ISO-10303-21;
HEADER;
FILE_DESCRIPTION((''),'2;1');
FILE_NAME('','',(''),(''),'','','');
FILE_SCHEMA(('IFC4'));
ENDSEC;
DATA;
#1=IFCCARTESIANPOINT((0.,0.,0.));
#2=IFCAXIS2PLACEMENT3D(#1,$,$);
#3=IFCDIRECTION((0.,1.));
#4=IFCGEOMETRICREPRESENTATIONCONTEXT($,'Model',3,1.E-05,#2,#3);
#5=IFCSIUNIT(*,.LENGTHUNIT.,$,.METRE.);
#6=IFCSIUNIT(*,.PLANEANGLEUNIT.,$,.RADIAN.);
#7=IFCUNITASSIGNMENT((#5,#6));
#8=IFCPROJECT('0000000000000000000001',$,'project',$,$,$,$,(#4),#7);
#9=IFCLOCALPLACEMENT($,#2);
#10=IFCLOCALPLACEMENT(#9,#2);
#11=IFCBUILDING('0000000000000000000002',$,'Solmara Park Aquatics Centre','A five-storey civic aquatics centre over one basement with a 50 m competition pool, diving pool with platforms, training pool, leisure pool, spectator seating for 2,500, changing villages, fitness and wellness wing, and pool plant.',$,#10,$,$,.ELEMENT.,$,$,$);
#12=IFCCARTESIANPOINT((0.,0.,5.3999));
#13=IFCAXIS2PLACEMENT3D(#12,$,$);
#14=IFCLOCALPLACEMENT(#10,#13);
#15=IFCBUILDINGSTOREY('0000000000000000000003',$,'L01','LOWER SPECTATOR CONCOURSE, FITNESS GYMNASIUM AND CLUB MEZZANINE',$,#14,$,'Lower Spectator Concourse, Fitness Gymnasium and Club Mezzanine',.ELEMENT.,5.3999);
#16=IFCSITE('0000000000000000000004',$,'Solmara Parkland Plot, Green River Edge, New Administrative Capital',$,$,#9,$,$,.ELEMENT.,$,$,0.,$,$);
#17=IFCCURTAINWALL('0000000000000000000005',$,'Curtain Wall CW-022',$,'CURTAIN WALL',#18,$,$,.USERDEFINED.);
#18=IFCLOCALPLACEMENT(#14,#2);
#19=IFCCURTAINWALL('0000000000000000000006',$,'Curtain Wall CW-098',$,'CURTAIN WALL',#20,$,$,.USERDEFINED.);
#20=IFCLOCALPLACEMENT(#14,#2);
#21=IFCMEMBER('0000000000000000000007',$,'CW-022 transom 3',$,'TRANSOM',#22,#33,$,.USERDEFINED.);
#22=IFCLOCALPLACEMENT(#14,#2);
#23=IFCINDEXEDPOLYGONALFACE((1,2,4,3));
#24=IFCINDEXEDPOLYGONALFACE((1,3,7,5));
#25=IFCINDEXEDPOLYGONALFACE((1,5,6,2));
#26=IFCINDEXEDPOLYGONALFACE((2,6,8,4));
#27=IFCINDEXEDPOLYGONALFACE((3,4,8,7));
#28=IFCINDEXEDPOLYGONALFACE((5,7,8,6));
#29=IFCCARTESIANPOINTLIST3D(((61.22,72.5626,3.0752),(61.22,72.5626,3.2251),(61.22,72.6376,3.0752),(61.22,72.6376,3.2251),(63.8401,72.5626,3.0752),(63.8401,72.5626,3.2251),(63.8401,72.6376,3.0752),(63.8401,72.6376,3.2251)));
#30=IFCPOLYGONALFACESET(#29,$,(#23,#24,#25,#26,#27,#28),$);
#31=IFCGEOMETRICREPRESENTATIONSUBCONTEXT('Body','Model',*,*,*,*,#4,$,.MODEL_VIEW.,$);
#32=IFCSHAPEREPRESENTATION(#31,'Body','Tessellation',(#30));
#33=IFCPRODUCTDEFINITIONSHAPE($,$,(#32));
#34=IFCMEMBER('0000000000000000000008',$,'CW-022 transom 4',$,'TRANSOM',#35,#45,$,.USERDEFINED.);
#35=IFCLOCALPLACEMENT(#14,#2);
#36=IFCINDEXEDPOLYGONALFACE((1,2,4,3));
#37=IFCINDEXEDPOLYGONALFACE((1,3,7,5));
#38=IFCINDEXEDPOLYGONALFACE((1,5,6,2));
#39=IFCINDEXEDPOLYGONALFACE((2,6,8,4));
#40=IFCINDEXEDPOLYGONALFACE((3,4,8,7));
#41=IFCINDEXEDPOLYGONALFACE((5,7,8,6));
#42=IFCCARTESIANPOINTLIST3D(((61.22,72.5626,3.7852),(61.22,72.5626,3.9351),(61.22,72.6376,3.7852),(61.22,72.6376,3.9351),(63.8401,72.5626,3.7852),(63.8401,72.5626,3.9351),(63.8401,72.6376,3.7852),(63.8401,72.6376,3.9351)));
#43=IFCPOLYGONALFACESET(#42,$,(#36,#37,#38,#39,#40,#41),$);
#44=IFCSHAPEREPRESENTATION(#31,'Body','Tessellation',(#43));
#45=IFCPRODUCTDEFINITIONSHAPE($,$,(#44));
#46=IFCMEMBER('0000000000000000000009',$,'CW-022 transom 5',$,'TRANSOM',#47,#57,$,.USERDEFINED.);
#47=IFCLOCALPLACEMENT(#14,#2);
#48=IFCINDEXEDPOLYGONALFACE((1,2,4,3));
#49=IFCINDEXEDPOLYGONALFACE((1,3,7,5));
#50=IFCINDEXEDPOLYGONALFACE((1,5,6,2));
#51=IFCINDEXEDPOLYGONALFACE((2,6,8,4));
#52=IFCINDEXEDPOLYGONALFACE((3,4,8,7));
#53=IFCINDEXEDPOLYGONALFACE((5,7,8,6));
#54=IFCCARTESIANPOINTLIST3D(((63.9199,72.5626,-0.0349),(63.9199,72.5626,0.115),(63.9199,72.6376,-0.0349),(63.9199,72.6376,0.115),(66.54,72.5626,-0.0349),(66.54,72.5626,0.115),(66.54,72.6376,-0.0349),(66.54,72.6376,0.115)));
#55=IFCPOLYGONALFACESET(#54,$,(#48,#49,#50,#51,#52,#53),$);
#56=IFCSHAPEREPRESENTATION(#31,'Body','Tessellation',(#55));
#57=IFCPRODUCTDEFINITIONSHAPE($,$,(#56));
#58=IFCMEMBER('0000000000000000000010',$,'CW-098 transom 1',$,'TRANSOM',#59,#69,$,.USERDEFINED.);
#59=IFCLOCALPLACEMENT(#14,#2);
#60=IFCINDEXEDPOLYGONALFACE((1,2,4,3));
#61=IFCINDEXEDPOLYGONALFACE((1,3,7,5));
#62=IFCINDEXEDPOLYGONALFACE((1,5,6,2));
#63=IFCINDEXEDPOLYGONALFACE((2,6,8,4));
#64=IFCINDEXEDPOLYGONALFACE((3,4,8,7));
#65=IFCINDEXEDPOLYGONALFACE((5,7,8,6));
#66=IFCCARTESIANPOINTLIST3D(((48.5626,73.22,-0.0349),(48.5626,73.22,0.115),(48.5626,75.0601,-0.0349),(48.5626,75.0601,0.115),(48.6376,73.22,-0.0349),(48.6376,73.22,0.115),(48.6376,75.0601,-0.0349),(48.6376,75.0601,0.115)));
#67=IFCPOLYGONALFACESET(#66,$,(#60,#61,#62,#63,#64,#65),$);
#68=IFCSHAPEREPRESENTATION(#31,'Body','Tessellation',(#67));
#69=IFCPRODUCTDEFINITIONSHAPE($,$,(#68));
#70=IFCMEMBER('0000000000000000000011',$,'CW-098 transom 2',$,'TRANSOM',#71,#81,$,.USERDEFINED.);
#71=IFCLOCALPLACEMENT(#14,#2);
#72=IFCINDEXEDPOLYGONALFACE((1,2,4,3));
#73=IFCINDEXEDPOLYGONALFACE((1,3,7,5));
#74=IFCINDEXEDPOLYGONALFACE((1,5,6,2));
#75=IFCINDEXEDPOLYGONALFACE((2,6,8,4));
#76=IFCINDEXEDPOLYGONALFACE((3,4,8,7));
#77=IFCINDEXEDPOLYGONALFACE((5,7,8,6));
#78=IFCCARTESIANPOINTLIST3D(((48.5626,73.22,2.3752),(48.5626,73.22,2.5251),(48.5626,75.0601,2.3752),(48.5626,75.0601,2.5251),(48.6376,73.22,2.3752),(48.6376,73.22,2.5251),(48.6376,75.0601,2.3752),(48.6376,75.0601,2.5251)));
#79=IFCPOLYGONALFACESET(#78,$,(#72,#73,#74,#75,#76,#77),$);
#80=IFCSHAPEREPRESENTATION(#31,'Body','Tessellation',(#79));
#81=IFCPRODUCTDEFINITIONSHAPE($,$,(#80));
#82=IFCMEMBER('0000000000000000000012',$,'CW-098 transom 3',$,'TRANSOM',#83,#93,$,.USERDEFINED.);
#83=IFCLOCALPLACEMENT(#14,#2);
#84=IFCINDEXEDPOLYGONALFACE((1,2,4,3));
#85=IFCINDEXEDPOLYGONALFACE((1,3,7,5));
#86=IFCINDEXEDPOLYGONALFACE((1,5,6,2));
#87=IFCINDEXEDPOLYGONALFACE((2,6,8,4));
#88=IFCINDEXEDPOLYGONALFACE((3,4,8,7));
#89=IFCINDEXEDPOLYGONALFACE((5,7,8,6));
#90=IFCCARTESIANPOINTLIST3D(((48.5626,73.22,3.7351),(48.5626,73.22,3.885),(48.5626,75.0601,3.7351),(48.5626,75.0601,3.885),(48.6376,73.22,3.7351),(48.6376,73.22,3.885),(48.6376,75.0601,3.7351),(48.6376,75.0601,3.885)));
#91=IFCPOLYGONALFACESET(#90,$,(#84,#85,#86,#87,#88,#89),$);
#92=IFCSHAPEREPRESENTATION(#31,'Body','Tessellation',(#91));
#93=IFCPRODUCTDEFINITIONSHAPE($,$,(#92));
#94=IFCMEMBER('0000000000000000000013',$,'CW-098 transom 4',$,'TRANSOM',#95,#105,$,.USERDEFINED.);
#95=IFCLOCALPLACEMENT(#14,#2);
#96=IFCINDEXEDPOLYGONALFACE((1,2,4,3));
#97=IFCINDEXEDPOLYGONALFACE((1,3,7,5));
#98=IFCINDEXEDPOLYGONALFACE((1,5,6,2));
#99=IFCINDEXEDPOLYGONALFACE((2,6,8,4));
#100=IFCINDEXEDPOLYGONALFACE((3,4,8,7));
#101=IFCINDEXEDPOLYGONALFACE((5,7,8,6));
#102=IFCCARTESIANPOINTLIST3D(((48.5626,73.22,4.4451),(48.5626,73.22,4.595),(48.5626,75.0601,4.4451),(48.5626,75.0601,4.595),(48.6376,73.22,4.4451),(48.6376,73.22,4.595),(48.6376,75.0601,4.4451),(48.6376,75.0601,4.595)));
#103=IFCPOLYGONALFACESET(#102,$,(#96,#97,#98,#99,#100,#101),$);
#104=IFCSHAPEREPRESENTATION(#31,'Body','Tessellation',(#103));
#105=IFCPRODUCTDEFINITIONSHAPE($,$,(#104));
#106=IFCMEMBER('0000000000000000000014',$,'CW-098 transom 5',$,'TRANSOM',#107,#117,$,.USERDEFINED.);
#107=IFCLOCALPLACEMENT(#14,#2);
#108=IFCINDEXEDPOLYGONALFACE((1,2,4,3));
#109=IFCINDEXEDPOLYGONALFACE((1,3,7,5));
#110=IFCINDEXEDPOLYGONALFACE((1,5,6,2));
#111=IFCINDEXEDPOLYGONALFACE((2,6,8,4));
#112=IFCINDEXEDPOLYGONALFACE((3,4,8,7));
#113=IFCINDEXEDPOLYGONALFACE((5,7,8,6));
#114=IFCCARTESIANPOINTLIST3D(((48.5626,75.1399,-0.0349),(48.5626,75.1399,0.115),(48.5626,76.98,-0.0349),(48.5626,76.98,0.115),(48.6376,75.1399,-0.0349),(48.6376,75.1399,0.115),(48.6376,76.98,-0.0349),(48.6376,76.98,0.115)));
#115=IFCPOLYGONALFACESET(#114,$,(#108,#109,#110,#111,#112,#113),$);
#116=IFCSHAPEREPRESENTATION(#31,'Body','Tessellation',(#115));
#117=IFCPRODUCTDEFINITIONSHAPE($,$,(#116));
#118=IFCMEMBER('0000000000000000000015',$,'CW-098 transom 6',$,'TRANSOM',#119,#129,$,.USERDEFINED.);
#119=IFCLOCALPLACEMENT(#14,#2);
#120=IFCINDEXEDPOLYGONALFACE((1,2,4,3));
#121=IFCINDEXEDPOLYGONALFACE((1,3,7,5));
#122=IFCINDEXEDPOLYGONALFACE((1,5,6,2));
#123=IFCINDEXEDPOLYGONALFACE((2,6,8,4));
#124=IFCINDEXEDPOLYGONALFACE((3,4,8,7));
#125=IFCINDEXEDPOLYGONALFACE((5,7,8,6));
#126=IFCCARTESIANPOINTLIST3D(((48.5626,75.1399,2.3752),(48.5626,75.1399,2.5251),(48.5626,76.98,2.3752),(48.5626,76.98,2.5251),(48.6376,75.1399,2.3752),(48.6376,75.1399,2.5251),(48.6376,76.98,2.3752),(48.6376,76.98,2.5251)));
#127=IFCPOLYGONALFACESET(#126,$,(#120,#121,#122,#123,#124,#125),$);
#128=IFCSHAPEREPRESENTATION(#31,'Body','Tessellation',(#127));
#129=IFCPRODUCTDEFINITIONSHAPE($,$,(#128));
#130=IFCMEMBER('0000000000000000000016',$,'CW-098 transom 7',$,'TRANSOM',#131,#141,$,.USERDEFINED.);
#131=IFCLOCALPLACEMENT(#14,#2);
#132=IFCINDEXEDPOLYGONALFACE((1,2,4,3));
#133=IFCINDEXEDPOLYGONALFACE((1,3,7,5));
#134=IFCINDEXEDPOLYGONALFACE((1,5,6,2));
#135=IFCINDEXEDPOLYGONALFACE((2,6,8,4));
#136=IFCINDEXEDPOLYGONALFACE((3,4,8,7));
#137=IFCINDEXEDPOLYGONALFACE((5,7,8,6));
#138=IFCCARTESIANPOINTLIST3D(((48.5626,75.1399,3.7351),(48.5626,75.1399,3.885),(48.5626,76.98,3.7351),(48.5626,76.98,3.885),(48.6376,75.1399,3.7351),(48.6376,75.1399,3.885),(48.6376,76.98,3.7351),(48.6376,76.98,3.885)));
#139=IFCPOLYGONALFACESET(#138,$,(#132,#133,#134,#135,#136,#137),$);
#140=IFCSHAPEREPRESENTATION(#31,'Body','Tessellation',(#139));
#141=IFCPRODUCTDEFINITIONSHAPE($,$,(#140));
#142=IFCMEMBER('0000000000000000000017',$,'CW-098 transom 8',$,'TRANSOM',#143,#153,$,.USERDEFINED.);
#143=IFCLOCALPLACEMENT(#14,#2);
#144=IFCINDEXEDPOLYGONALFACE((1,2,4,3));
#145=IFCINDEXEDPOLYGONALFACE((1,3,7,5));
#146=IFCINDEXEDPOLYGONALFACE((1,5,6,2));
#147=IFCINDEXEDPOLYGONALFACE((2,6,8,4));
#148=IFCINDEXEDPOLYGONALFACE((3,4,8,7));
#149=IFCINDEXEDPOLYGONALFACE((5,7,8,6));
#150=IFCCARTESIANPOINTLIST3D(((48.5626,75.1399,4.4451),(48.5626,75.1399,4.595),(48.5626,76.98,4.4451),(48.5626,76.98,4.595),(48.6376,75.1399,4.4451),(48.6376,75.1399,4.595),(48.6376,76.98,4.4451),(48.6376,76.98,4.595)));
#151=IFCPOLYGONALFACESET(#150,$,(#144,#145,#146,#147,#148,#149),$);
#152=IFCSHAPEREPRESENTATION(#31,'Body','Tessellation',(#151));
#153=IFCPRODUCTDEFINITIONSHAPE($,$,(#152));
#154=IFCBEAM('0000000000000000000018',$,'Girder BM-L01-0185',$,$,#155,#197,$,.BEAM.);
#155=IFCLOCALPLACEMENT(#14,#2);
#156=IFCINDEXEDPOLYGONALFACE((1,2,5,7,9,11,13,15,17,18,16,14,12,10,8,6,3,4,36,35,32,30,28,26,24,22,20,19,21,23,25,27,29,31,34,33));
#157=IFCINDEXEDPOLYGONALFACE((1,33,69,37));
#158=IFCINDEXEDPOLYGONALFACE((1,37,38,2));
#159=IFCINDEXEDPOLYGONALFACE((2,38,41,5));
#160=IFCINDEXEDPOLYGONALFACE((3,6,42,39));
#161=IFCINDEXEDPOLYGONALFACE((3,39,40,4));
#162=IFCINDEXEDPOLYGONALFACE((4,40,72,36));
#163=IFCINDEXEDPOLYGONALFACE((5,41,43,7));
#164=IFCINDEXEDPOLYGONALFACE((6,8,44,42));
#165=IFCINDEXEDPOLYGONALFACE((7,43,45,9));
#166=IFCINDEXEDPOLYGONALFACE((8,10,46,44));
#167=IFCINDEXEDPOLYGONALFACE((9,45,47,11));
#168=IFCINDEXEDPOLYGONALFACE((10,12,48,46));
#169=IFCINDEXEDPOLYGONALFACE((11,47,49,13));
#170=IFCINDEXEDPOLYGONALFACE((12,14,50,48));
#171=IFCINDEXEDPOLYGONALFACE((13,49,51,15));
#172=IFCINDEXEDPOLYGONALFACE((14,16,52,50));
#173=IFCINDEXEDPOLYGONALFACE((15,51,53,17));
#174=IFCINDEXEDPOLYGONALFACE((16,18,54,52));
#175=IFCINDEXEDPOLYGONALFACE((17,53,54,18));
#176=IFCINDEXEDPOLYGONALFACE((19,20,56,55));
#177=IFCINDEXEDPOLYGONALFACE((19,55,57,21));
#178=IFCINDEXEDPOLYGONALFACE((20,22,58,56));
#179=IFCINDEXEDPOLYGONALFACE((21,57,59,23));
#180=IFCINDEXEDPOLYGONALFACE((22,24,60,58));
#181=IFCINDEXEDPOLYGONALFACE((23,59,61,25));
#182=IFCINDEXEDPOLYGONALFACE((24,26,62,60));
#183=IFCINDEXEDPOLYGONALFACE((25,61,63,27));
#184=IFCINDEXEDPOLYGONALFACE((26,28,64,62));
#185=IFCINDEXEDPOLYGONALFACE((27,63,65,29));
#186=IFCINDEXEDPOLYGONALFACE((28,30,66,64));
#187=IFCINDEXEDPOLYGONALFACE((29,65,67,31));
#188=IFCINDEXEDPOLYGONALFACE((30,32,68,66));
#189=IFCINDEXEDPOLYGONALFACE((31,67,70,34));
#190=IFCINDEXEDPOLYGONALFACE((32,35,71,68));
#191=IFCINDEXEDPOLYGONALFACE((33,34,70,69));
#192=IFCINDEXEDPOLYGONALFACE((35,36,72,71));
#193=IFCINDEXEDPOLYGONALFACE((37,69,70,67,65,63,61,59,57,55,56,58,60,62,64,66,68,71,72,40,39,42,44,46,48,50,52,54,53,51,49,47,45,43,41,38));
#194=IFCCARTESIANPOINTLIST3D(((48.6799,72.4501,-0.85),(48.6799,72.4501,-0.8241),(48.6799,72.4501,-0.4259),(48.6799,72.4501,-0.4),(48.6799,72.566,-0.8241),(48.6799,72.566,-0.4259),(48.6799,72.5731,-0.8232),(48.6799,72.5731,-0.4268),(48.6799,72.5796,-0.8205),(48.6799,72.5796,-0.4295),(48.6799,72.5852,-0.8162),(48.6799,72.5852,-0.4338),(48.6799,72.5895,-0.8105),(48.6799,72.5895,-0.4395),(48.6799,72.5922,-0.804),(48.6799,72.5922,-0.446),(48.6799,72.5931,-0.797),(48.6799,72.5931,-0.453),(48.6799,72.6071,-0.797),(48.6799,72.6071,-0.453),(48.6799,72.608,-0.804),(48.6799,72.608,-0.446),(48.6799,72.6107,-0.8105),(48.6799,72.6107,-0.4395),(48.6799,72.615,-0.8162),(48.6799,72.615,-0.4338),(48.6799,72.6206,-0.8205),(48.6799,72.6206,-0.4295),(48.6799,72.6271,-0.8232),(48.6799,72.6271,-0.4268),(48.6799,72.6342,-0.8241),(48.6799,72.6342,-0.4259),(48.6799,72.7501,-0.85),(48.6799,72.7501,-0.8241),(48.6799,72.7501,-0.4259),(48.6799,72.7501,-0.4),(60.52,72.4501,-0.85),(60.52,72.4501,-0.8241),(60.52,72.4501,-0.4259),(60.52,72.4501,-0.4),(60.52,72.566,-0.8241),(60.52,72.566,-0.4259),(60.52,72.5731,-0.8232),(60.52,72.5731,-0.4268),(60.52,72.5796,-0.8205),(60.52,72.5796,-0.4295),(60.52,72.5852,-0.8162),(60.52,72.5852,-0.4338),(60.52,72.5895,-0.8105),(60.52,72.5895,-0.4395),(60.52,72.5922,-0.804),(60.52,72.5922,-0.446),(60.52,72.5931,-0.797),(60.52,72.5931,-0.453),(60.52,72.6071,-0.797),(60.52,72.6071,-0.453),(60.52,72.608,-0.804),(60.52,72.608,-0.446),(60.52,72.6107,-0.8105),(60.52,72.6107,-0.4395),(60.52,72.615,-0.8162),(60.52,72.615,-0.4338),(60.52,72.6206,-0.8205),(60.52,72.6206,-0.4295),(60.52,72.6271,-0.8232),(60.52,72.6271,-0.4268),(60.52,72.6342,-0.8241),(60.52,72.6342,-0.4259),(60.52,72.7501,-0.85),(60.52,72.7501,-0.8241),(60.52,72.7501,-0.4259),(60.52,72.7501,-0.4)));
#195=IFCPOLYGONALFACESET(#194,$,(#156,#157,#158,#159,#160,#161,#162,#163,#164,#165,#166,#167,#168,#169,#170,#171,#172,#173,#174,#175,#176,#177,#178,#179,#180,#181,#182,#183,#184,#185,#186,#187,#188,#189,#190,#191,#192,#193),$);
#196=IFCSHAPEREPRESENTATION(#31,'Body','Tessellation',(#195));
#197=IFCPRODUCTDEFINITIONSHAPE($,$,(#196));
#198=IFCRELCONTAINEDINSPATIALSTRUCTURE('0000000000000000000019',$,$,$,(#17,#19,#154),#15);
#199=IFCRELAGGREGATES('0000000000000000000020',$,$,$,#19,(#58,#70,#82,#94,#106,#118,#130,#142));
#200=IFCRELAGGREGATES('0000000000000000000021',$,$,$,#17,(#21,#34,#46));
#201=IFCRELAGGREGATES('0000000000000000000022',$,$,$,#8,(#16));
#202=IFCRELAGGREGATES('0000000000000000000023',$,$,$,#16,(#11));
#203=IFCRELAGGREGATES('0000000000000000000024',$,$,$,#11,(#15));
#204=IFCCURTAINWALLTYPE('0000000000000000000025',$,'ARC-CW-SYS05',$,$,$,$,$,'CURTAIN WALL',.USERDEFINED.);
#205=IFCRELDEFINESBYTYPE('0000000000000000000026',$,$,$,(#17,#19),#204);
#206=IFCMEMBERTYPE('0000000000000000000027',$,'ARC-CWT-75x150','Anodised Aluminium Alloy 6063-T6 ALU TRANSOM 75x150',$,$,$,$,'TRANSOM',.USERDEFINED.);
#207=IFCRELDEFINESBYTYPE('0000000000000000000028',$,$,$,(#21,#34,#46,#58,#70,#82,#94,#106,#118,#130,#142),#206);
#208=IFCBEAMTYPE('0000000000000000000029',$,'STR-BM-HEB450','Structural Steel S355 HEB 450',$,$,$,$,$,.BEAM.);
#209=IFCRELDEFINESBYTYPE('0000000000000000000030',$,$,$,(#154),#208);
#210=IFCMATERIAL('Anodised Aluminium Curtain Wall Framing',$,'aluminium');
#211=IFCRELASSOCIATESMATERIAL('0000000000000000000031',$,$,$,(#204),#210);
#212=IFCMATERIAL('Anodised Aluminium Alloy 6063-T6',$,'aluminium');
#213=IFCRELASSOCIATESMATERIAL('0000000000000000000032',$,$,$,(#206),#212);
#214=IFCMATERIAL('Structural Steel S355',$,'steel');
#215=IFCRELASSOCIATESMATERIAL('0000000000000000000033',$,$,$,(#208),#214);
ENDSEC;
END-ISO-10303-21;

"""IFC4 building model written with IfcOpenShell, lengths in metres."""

from ifc_helpers import new_model, si_unit, direction, frame, origin, origin_2d, place, context, subcontext, project, spatial, rectangle, i_section, extrude, material, material_profile, profile_set, type_object, element, aggregate, save


model = new_model("IFC4")

# Units and contexts
model_context = context("Model", 3, precision=1e-05, world=origin(), true_north=direction((0.0, 1.0)))
body_context = subcontext(model_context, "Body", "Model", "MODEL_VIEW")
ifc_project = project(units=[si_unit("LENGTHUNIT", "METRE"), si_unit("PLANEANGLEUNIT", "RADIAN")], contexts=[model_context])

# Site, building, storey
site_placement = place(None, origin())
site = spatial("IfcSite", under=ifc_project, at=site_placement, Name="Solmara Parkland Plot, Green River Edge, New Administrative Capital", CompositionType="ELEMENT", RefElevation=0.0)
building_placement = place(site_placement, origin())
building = spatial("IfcBuilding", under=site, at=building_placement, Name="Solmara Park Aquatics Centre", Description="A five-storey civic aquatics centre over one basement with a 50 m competition pool, diving pool with platforms, training pool, leisure pool, spectator seating for 2,500, changing villages, fitness and wellness wing, and pool plant.", CompositionType="ELEMENT")
storey_placement = place(building_placement, frame((0.0, 0.0, 5.3999)))
storey = spatial("IfcBuildingStorey", under=building, at=storey_placement, Name="L01", Description="LOWER SPECTATOR CONCOURSE, FITNESS GYMNASIUM AND CLUB MEZZANINE", LongName="Lower Spectator Concourse, Fitness Gymnasium and Club Mezzanine", CompositionType="ELEMENT", Elevation=5.3999)

# Shared definitions
ifc_material_1 = material(Name="Structural Steel S355", Category="steel")

# Curtain walls
ifc_material_2 = material(Name="Anodised Aluminium Curtain Wall Framing", Category="aluminium")
curtain_wall_type = type_object("IfcCurtainWallType", Name="ARC-CW-SYS05", ElementType="CURTAIN WALL", PredefinedType="USERDEFINED", material=ifc_material_2)
curtain_wall_1_placement = place(storey_placement, origin())
curtain_wall_1 = element("IfcCurtainWall", 1, at=curtain_wall_1_placement, inside=storey, type_object=curtain_wall_type, Name="Curtain Wall CW-022", ObjectType="CURTAIN WALL", PredefinedType="USERDEFINED")
ifc_material_3 = material(Name="Anodised Aluminium Alloy 6063-T6", Category="aluminium")
curtain_wall_2_placement = place(storey_placement, origin())
curtain_wall_2 = element("IfcCurtainWall", 2, at=curtain_wall_2_placement, inside=storey, type_object=curtain_wall_type, Name="Curtain Wall CW-098", ObjectType="CURTAIN WALL", PredefinedType="USERDEFINED")

# Members
ifc_material_profile_1 = material_profile(ifc_material_3, rectangle(XDim=0.075, YDim=0.1499, at=origin_2d()), Name="ALU TRANSOM 75x150")
ifc_profile_set_1 = profile_set([ifc_material_profile_1], Name="Anodised Aluminium Alloy 6063-T6")
member_type_1 = type_object("IfcMemberType", Name="ARC-CWT-75x150", Description="Anodised Aluminium Alloy 6063-T6 ALU TRANSOM 75x150", ElementType="TRANSOM", PredefinedType="USERDEFINED", material=ifc_profile_set_1)
member_1_placement = place(storey_placement, frame((61.22, 72.6001, 3.1501), z_axis=(1.0, 0.0, 0.0), x_axis=(0.0, 1.0, 0.0)))
member_1 = element("IfcMember", 3, at=member_1_placement, type_object=member_type_1, Name="CW-022 transom 3", ObjectType="TRANSOM", PredefinedType="USERDEFINED", context=body_context, shape_type="SweptSolid", body=[
    extrude(rectangle(XDim=0.075, YDim=0.1499, at=origin_2d()), origin(), (0.0, 0.0, 1.0), 2.6201),
])
member_2_placement = place(storey_placement, frame((61.22, 72.6001, 3.8601), z_axis=(1.0, 0.0, 0.0), x_axis=(0.0, 1.0, 0.0)))
member_2 = element("IfcMember", 4, at=member_2_placement, type_object=member_type_1, Name="CW-022 transom 4", ObjectType="TRANSOM", PredefinedType="USERDEFINED", context=body_context, shape_type="SweptSolid", body=[
    extrude(rectangle(XDim=0.075, YDim=0.1499, at=origin_2d()), origin(), (0.0, 0.0, 1.0), 2.6201),
])
member_3_placement = place(storey_placement, frame((63.9199, 72.6001, 0.04), z_axis=(1.0, 0.0, 0.0), x_axis=(0.0, 1.0, 0.0)))
member_3 = element("IfcMember", 5, at=member_3_placement, type_object=member_type_1, Name="CW-022 transom 5", ObjectType="TRANSOM", PredefinedType="USERDEFINED", context=body_context, shape_type="SweptSolid", body=[
    extrude(rectangle(XDim=0.075, YDim=0.1499, at=origin_2d()), origin(), (0.0, 0.0, 1.0), 2.6201),
])
member_4_placement = place(storey_placement, frame((48.6001, 73.22, 0.04), z_axis=(0.0, 1.0, 0.0), x_axis=(-1.0, 0.0, 0.0)))
member_4 = element("IfcMember", 6, at=member_4_placement, type_object=member_type_1, Name="CW-098 transom 1", ObjectType="TRANSOM", PredefinedType="USERDEFINED", context=body_context, shape_type="SweptSolid", body=[
    extrude(rectangle(XDim=0.075, YDim=0.1499, at=origin_2d()), origin(), (0.0, 0.0, 1.0), 1.8401),
])
member_5_placement = place(storey_placement, frame((48.6001, 73.22, 2.4502), z_axis=(0.0, 1.0, 0.0), x_axis=(-1.0, 0.0, 0.0)))
member_5 = element("IfcMember", 7, at=member_5_placement, type_object=member_type_1, Name="CW-098 transom 2", ObjectType="TRANSOM", PredefinedType="USERDEFINED", context=body_context, shape_type="SweptSolid", body=[
    extrude(rectangle(XDim=0.075, YDim=0.1499, at=origin_2d()), origin(), (0.0, 0.0, 1.0), 1.8401),
])
member_6_placement = place(storey_placement, frame((48.6001, 73.22, 3.8101), z_axis=(0.0, 1.0, 0.0), x_axis=(-1.0, 0.0, 0.0)))
member_6 = element("IfcMember", 8, at=member_6_placement, type_object=member_type_1, Name="CW-098 transom 3", ObjectType="TRANSOM", PredefinedType="USERDEFINED", context=body_context, shape_type="SweptSolid", body=[
    extrude(rectangle(XDim=0.075, YDim=0.1499, at=origin_2d()), origin(), (0.0, 0.0, 1.0), 1.8401),
])
member_7_placement = place(storey_placement, frame((48.6001, 73.22, 4.52), z_axis=(0.0, 1.0, 0.0), x_axis=(-1.0, 0.0, 0.0)))
member_7 = element("IfcMember", 9, at=member_7_placement, type_object=member_type_1, Name="CW-098 transom 4", ObjectType="TRANSOM", PredefinedType="USERDEFINED", context=body_context, shape_type="SweptSolid", body=[
    extrude(rectangle(XDim=0.075, YDim=0.1499, at=origin_2d()), origin(), (0.0, 0.0, 1.0), 1.8401),
])
member_8_placement = place(storey_placement, frame((48.6001, 75.1399, 0.04), z_axis=(0.0, 1.0, 0.0), x_axis=(-1.0, 0.0, 0.0)))
member_8 = element("IfcMember", 10, at=member_8_placement, type_object=member_type_1, Name="CW-098 transom 5", ObjectType="TRANSOM", PredefinedType="USERDEFINED", context=body_context, shape_type="SweptSolid", body=[
    extrude(rectangle(XDim=0.075, YDim=0.1499, at=origin_2d()), origin(), (0.0, 0.0, 1.0), 1.8401),
])
member_9_placement = place(storey_placement, frame((48.6001, 75.1399, 2.4502), z_axis=(0.0, 1.0, 0.0), x_axis=(-1.0, 0.0, 0.0)))
member_9 = element("IfcMember", 11, at=member_9_placement, type_object=member_type_1, Name="CW-098 transom 6", ObjectType="TRANSOM", PredefinedType="USERDEFINED", context=body_context, shape_type="SweptSolid", body=[
    extrude(rectangle(XDim=0.075, YDim=0.1499, at=origin_2d()), origin(), (0.0, 0.0, 1.0), 1.8401),
])
member_10_placement = place(storey_placement, frame((48.6001, 75.1399, 3.8101), z_axis=(0.0, 1.0, 0.0), x_axis=(-1.0, 0.0, 0.0)))
member_10 = element("IfcMember", 12, at=member_10_placement, type_object=member_type_1, Name="CW-098 transom 7", ObjectType="TRANSOM", PredefinedType="USERDEFINED", context=body_context, shape_type="SweptSolid", body=[
    extrude(rectangle(XDim=0.075, YDim=0.1499, at=origin_2d()), origin(), (0.0, 0.0, 1.0), 1.8401),
])
member_11_placement = place(storey_placement, frame((48.6001, 75.1399, 4.52), z_axis=(0.0, 1.0, 0.0), x_axis=(-1.0, 0.0, 0.0)))
member_11 = element("IfcMember", 13, at=member_11_placement, type_object=member_type_1, Name="CW-098 transom 8", ObjectType="TRANSOM", PredefinedType="USERDEFINED", context=body_context, shape_type="SweptSolid", body=[
    extrude(rectangle(XDim=0.075, YDim=0.1499, at=origin_2d()), origin(), (0.0, 0.0, 1.0), 1.8401),
])

# Beam
ifc_material_profile_2 = material_profile(ifc_material_1, i_section(OverallWidth=0.3, OverallDepth=0.45, WebThickness=0.0139, FlangeThickness=0.0259, FilletRadius=0.0271, at=origin_2d()), Name="HEB 450")
ifc_profile_set_2 = profile_set([ifc_material_profile_2], Name="Structural Steel S355")
beam_type_1 = type_object("IfcBeamType", Name="STR-BM-HEB450", Description="Structural Steel S355 HEB 450", PredefinedType="BEAM", material=ifc_profile_set_2)
beam_1_placement = place(storey_placement, frame((48.6799, 72.6001, -0.625), z_axis=(1.0, 0.0, 0.0), x_axis=(0.0, 1.0, 0.0)))
element("IfcBeam", 14, at=beam_1_placement, inside=storey, type_object=beam_type_1, Name="Girder BM-L01-0185", PredefinedType="BEAM", context=body_context, shape_type="SweptSolid", body=[
    extrude(i_section(OverallWidth=0.3, OverallDepth=0.45, WebThickness=0.0139, FlangeThickness=0.0259, FilletRadius=0.0271, at=origin_2d()), origin(), (0.0, 0.0, 1.0), 11.8401),
])

aggregate(curtain_wall_2, [member_4, member_5, member_6, member_7, member_8, member_9, member_10, member_11])
aggregate(curtain_wall_1, [member_1, member_2, member_3])

save(model, "model.ifc")
